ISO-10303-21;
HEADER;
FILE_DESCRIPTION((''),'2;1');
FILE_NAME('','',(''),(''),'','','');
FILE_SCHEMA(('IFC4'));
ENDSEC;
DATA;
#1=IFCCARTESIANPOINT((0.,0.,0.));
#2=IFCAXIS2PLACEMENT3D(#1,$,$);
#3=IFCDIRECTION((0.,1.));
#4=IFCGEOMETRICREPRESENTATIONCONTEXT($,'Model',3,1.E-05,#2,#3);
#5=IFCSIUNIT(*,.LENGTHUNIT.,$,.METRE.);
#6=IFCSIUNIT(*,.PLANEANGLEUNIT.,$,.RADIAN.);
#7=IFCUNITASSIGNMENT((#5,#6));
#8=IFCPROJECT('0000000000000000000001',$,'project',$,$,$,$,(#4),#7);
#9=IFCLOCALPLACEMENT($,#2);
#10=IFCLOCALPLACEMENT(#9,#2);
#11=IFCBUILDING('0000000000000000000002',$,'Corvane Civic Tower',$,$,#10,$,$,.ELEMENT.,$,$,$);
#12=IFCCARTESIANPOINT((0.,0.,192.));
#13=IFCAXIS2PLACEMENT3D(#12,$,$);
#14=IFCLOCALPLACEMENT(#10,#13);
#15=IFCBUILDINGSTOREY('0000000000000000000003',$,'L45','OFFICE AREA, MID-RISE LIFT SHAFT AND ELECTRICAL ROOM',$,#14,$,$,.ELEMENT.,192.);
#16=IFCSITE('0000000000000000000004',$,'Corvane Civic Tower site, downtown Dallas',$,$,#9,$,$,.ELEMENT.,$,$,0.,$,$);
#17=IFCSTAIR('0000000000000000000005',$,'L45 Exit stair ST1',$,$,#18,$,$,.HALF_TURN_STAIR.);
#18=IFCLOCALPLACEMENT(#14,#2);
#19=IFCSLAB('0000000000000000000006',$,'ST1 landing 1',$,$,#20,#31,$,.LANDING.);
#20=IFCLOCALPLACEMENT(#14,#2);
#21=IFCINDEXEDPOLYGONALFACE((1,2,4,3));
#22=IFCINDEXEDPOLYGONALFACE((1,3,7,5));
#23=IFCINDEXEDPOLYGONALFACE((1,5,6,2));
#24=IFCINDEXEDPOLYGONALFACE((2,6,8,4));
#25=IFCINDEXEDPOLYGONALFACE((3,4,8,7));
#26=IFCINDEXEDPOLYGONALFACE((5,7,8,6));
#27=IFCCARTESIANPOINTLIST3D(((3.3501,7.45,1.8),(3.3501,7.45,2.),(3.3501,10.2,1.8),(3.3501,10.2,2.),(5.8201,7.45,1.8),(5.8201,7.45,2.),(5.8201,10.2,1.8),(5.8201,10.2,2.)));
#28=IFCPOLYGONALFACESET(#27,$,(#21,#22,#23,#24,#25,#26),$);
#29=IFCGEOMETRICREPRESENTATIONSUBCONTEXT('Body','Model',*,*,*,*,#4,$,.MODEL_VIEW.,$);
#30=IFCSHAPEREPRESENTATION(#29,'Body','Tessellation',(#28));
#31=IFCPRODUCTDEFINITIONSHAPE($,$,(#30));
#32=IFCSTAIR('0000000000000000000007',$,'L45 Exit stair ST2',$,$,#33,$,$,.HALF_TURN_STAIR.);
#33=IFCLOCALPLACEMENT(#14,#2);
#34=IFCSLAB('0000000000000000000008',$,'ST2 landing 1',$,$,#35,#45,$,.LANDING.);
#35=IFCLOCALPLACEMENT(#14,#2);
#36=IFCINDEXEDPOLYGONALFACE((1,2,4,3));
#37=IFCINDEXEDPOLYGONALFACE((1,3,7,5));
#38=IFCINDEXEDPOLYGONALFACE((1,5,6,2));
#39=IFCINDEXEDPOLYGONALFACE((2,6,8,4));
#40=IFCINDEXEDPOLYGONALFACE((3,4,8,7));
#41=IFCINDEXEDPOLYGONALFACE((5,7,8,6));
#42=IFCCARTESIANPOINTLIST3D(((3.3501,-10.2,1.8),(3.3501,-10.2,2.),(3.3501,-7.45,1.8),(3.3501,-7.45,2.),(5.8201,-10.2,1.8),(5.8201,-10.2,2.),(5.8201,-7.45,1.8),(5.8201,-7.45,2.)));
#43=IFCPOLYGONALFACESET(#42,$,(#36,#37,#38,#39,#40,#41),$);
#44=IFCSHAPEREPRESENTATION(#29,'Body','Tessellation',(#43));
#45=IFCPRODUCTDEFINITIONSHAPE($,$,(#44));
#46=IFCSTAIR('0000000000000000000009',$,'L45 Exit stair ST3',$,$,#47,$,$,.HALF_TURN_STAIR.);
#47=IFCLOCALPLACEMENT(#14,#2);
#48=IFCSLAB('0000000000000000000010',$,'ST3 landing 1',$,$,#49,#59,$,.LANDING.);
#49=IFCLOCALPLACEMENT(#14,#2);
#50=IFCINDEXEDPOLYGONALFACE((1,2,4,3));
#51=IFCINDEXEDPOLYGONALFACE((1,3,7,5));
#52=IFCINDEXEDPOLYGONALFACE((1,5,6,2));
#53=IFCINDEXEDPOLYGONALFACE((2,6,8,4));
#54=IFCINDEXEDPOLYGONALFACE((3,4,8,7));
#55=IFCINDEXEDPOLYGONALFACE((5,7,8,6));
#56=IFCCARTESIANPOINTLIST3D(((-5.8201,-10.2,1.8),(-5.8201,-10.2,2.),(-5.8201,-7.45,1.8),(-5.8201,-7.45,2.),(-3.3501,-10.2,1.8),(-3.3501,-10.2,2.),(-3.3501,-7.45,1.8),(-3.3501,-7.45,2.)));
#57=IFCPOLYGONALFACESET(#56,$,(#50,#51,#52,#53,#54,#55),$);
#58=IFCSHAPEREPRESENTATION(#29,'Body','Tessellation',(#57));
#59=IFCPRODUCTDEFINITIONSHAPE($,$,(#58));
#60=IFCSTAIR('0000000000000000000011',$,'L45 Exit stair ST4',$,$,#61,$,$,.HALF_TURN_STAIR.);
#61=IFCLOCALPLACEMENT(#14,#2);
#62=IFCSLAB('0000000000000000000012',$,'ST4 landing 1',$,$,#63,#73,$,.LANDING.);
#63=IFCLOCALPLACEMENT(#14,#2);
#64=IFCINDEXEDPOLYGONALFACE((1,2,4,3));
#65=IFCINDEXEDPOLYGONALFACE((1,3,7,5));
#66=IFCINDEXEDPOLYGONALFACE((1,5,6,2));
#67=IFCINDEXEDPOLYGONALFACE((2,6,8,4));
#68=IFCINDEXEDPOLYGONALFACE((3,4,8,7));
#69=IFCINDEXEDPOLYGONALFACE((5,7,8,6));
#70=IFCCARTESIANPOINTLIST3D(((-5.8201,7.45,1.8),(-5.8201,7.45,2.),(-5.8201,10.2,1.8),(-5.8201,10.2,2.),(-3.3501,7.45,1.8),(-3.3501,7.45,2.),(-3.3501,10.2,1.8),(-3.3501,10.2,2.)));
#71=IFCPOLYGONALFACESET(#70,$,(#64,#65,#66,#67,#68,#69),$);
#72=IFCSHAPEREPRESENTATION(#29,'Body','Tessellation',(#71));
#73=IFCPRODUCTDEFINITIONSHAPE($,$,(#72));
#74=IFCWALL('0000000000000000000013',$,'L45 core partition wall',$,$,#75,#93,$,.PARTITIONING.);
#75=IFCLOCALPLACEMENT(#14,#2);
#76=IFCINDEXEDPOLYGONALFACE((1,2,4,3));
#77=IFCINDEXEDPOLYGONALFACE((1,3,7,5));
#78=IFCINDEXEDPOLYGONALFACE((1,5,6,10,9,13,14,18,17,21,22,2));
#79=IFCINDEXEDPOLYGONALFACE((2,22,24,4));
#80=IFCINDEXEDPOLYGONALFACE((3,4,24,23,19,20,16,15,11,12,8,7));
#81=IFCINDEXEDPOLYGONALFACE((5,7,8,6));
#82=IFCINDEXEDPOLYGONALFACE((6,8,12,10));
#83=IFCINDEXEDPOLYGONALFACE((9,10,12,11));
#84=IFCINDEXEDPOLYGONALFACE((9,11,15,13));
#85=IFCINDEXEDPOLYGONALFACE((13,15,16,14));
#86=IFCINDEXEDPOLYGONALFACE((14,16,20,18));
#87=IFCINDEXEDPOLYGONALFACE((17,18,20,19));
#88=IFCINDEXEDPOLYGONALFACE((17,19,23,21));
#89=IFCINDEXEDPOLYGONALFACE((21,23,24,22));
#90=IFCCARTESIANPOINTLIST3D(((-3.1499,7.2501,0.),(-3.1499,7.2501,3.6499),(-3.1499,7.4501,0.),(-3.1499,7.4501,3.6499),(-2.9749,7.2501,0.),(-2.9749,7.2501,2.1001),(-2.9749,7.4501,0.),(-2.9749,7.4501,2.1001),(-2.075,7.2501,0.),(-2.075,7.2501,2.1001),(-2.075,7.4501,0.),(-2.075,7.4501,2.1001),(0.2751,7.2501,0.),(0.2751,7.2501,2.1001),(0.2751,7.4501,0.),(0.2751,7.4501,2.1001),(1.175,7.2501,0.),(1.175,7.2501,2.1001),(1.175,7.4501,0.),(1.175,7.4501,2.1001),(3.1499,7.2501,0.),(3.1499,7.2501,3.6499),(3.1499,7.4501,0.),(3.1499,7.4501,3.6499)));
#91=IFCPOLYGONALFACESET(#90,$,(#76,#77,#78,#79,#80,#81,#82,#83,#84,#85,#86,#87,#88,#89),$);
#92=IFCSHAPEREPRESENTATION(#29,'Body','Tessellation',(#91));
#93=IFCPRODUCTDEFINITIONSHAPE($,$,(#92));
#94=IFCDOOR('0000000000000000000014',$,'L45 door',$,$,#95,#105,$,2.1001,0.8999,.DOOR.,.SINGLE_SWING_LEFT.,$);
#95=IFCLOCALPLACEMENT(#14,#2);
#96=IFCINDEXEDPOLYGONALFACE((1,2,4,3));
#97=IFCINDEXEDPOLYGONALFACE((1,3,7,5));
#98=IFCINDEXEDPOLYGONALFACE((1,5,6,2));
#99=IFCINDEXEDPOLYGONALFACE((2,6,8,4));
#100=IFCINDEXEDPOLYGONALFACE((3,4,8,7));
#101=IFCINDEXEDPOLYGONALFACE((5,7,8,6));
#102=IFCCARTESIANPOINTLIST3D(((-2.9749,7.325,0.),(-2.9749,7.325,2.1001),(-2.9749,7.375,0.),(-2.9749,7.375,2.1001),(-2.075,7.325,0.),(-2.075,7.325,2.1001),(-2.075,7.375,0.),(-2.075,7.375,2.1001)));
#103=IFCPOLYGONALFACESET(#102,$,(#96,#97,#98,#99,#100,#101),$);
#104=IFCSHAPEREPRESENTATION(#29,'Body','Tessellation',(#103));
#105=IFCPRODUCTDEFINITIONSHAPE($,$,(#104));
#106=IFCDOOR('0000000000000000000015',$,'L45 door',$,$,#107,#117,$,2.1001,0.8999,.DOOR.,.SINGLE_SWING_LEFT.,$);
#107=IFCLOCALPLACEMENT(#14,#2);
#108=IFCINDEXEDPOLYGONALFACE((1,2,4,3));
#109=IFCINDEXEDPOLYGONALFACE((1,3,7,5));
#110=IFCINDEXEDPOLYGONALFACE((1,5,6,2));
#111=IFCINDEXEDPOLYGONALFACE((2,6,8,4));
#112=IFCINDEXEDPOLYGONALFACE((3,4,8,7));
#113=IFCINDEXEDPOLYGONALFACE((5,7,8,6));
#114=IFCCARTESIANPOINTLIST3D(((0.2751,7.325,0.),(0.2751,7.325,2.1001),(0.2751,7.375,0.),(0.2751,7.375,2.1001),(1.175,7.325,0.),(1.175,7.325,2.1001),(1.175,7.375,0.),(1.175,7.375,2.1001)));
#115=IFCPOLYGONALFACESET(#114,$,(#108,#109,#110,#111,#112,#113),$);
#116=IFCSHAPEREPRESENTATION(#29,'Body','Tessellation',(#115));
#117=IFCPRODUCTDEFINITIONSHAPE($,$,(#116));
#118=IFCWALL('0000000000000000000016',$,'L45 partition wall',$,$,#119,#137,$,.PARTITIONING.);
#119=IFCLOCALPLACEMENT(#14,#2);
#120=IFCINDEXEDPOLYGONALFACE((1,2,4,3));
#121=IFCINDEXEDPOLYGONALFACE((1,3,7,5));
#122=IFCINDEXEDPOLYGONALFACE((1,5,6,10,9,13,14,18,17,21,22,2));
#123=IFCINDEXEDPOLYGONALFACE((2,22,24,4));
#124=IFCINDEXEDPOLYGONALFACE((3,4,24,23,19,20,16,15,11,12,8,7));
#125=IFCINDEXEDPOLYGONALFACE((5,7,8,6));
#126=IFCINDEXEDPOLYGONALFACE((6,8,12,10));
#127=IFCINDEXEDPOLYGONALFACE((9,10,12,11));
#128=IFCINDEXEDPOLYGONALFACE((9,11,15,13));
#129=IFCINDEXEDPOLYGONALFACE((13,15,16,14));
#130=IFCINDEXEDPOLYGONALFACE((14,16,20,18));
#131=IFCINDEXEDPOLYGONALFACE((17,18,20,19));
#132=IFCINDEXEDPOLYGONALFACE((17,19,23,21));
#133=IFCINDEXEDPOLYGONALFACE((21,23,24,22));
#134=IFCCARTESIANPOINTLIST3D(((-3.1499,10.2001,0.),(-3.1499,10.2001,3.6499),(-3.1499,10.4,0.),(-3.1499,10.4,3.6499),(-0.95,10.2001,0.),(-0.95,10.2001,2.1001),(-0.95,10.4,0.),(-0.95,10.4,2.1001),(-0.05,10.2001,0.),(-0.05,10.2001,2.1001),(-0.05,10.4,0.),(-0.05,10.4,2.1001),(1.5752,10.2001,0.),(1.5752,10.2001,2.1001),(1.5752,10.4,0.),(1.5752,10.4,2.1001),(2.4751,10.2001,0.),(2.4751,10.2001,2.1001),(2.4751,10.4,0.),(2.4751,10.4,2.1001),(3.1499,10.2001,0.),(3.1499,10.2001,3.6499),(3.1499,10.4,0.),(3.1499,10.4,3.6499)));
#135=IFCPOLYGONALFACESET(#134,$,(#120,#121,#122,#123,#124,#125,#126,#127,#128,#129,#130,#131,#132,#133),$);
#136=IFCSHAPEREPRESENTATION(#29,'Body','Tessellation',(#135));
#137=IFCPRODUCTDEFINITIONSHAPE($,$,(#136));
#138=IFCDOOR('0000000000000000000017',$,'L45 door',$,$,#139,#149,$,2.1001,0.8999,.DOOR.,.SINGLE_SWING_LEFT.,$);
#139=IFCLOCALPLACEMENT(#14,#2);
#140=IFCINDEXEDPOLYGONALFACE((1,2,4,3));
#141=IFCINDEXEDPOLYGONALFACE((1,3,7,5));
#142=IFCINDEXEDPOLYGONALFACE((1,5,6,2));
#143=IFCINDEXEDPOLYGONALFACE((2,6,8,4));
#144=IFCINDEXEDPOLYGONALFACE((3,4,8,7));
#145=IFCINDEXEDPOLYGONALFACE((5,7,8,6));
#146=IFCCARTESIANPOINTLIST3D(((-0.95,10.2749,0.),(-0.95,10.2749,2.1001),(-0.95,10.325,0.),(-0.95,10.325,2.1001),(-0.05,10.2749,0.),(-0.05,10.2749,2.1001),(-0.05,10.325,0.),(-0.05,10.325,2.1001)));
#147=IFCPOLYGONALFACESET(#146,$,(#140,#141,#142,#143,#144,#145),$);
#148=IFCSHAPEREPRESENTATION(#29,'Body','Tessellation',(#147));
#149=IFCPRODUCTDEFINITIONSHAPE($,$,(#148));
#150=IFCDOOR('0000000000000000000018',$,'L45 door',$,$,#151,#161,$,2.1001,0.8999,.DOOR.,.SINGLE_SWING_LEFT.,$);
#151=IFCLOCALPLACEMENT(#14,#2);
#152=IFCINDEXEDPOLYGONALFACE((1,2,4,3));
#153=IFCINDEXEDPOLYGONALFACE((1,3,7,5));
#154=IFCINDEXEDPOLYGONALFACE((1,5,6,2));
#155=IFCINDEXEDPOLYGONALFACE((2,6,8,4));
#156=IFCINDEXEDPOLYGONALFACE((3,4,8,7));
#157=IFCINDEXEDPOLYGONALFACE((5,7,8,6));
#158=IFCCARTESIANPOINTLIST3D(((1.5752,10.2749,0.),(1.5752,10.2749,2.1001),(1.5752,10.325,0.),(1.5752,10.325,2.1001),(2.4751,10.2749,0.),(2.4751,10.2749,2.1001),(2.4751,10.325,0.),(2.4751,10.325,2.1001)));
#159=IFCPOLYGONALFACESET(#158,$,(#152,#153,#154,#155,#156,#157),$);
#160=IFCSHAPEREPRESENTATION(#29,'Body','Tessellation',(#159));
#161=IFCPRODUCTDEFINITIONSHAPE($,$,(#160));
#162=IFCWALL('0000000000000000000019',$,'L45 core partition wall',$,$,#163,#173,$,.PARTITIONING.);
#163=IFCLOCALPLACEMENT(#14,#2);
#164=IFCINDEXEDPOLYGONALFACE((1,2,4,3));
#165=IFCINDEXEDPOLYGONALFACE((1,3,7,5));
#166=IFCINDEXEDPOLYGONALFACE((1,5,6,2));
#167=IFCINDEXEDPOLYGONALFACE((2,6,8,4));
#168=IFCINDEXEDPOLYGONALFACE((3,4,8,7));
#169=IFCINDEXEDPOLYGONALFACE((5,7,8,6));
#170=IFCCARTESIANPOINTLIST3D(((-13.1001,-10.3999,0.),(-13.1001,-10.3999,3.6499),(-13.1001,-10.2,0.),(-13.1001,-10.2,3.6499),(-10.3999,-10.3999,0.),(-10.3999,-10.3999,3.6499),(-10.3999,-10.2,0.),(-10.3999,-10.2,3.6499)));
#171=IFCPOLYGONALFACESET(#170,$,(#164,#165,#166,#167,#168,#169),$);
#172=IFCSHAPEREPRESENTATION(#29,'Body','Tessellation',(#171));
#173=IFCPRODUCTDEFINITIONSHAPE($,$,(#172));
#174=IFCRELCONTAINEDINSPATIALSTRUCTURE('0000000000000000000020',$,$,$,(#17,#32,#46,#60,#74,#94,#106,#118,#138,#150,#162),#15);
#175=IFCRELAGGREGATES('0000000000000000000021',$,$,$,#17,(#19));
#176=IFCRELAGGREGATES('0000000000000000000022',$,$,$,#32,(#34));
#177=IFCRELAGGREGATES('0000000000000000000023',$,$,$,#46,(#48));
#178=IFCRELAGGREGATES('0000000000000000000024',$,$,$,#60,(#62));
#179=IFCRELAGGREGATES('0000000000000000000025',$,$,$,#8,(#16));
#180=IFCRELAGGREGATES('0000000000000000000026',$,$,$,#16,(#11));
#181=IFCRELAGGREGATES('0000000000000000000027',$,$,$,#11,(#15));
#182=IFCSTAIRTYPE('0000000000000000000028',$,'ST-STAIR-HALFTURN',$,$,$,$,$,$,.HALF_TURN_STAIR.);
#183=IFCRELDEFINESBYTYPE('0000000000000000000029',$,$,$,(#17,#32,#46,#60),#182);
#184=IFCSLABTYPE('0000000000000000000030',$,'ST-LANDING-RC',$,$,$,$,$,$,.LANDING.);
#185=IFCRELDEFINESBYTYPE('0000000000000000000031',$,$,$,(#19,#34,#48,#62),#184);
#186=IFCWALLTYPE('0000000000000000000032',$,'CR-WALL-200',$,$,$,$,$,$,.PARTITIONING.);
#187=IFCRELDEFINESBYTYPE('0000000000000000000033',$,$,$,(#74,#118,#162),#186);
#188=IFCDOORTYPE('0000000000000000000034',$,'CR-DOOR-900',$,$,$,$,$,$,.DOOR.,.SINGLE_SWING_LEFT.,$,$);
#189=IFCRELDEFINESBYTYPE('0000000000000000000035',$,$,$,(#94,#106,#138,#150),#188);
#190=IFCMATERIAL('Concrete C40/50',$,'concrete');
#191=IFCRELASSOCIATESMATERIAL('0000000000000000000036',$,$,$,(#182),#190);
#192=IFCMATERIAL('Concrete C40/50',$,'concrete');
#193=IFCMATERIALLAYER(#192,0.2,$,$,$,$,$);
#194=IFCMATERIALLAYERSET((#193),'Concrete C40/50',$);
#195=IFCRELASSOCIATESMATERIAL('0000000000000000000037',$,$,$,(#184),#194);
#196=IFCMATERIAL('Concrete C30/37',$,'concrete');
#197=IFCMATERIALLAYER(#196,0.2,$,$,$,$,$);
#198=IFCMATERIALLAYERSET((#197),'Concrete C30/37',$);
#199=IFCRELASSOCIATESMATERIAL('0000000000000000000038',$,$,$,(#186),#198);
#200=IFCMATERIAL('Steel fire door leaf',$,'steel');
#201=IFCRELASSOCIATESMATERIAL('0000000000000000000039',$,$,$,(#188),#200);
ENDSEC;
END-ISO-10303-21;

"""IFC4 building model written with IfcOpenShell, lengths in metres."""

from ifc_helpers import new_model, si_unit, direction, frame, frame_2d, origin, place, context, subcontext, project, spatial, polyline, rectangle, outline, extrude, material, layer, layer_set, type_object, element, fill, aggregate, save


model = new_model("IFC4")

# Units and contexts
model_context = context("Model", 3, precision=1e-05, world=origin(), true_north=direction((0.0, 1.0)))
body_context = subcontext(model_context, "Body", "Model", "MODEL_VIEW")
ifc_project = project(units=[si_unit("LENGTHUNIT", "METRE"), si_unit("PLANEANGLEUNIT", "RADIAN")], contexts=[model_context])

# Site, building, storey
site_placement = place(None, origin())
site = spatial("IfcSite", under=ifc_project, at=site_placement, Name="Corvane Civic Tower site, downtown Dallas", CompositionType="ELEMENT", RefElevation=0.0)
building_placement = place(site_placement, origin())
building = spatial("IfcBuilding", under=site, at=building_placement, Name="Corvane Civic Tower", CompositionType="ELEMENT")
storey_placement = place(building_placement, frame((0.0, 0.0, 192.0)))
storey = spatial("IfcBuildingStorey", under=building, at=storey_placement, Name="L45", Description="OFFICE AREA, MID-RISE LIFT SHAFT AND ELECTRICAL ROOM", CompositionType="ELEMENT", Elevation=192.0)

# Stairs, slabs
ifc_material_1 = material(Name="Concrete C40/50", Category="concrete")
stair_type = type_object("IfcStairType", Name="ST-STAIR-HALFTURN", PredefinedType="HALF_TURN_STAIR", material=ifc_material_1)
stair_1_placement = place(storey_placement, origin())
stair_1 = element("IfcStair", 1, at=stair_1_placement, inside=storey, type_object=stair_type, Name="L45 Exit stair ST1", PredefinedType="HALF_TURN_STAIR")
ifc_material_2 = material(Name="Concrete C40/50", Category="concrete")
ifc_layer_1 = layer(ifc_material_2, 0.2)
ifc_layer_set_1 = layer_set([ifc_layer_1], Name="Concrete C40/50")
slab_type = type_object("IfcSlabType", Name="ST-LANDING-RC", PredefinedType="LANDING", material=ifc_layer_set_1)
slab_1_placement = place(storey_placement, frame((0.0, 0.0, 1.8)))
slab_1 = element("IfcSlab", 2, at=slab_1_placement, type_object=slab_type, Name="ST1 landing 1", PredefinedType="LANDING", context=body_context, shape_type="SweptSolid", body=[
    extrude(outline(polyline([(5.8201, 10.2), (3.3501, 10.2), (3.3501, 7.45), (5.8201, 7.45), (5.8201, 10.2)])), origin(), (0.0, 0.0, 1.0), 0.2),
])
aggregate(stair_1, [slab_1])
stair_2_placement = place(storey_placement, origin())
stair_2 = element("IfcStair", 3, at=stair_2_placement, inside=storey, type_object=stair_type, Name="L45 Exit stair ST2", PredefinedType="HALF_TURN_STAIR")
slab_2_placement = place(storey_placement, frame((0.0, 0.0, 1.8)))
slab_2 = element("IfcSlab", 4, at=slab_2_placement, type_object=slab_type, Name="ST2 landing 1", PredefinedType="LANDING", context=body_context, shape_type="SweptSolid", body=[
    extrude(outline(polyline([(5.8201, -7.45), (3.3501, -7.45), (3.3501, -10.2), (5.8201, -10.2), (5.8201, -7.45)])), origin(), (0.0, 0.0, 1.0), 0.2),
])
aggregate(stair_2, [slab_2])
stair_3_placement = place(storey_placement, origin())
stair_3 = element("IfcStair", 5, at=stair_3_placement, inside=storey, type_object=stair_type, Name="L45 Exit stair ST3", PredefinedType="HALF_TURN_STAIR")
slab_3_placement = place(storey_placement, frame((0.0, 0.0, 1.8)))
slab_3 = element("IfcSlab", 6, at=slab_3_placement, type_object=slab_type, Name="ST3 landing 1", PredefinedType="LANDING", context=body_context, shape_type="SweptSolid", body=[
    extrude(outline(polyline([(-5.8201, -10.2), (-3.3501, -10.2), (-3.3501, -7.45), (-5.8201, -7.45), (-5.8201, -10.2)])), origin(), (0.0, 0.0, 1.0), 0.2),
])
aggregate(stair_3, [slab_3])
stair_4_placement = place(storey_placement, origin())
stair_4 = element("IfcStair", 7, at=stair_4_placement, inside=storey, type_object=stair_type, Name="L45 Exit stair ST4", PredefinedType="HALF_TURN_STAIR")
slab_4_placement = place(storey_placement, frame((0.0, 0.0, 1.8)))
slab_4 = element("IfcSlab", 8, at=slab_4_placement, type_object=slab_type, Name="ST4 landing 1", PredefinedType="LANDING", context=body_context, shape_type="SweptSolid", body=[
    extrude(outline(polyline([(-5.8201, 7.45), (-3.3501, 7.45), (-3.3501, 10.2), (-5.8201, 10.2), (-5.8201, 7.45)])), origin(), (0.0, 0.0, 1.0), 0.2),
])

# Walls, openings, doors
ifc_material_3 = material(Name="Concrete C30/37", Category="concrete")
ifc_layer_2 = layer(ifc_material_3, 0.2)
ifc_layer_set_2 = layer_set([ifc_layer_2], Name="Concrete C30/37")
wall_type = type_object("IfcWallType", Name="CR-WALL-200", PredefinedType="PARTITIONING", material=ifc_layer_set_2)
wall_1_placement = place(storey_placement, frame((-3.1499, 7.3501, 0.0), z_axis=(0.0, 0.0, 1.0), x_axis=(1.0, 0.0, 0.0)))
wall_1 = element("IfcWall", 9, at=wall_1_placement, inside=storey, type_object=wall_type, Name="L45 core partition wall", PredefinedType="PARTITIONING", context=body_context, shape_type="SweptSolid", body=[
    extrude(rectangle(XDim=6.2998, YDim=0.2, at=frame_2d((3.1499, 0.0))), origin(), (0.0, 0.0, 1.0), 3.6499),
])
opening_1_placement = place(wall_1_placement, frame((0.175, 0.0, 0.0)))
opening_1 = element("IfcOpeningElement", 10, at=opening_1_placement, cuts=wall_1, PredefinedType="OPENING", context=body_context, shape_type="SweptSolid", body=[
    extrude(rectangle(XDim=0.8999, YDim=2.1001, at=frame_2d((0.45, 1.05))), frame((0.0, 0.1099, 0.0), z_axis=(0.0, -1.0, 0.0), x_axis=(1.0, 0.0, 0.0)), (0.0, 0.0, 1.0), 0.22),
])
opening_2_placement = place(wall_1_placement, frame((3.425, 0.0, 0.0)))
opening_2 = element("IfcOpeningElement", 11, at=opening_2_placement, cuts=wall_1, PredefinedType="OPENING", context=body_context, shape_type="SweptSolid", body=[
    extrude(rectangle(XDim=0.8999, YDim=2.1001, at=frame_2d((0.45, 1.05))), frame((0.0, 0.1099, 0.0), z_axis=(0.0, -1.0, 0.0), x_axis=(1.0, 0.0, 0.0)), (0.0, 0.0, 1.0), 0.22),
])
ifc_material_4 = material(Name="Steel fire door leaf", Category="steel")
door_type = type_object("IfcDoorType", Name="CR-DOOR-900", OperationType="SINGLE_SWING_LEFT", PredefinedType="DOOR", material=ifc_material_4)
door_1_placement = place(opening_1_placement, origin())
door_1 = element("IfcDoor", 12, at=door_1_placement, inside=storey, type_object=door_type, Name="L45 door", OperationType="SINGLE_SWING_LEFT", OverallHeight=2.1001, OverallWidth=0.8999, PredefinedType="DOOR", context=body_context, shape_type="SweptSolid", body=[
    extrude(rectangle(XDim=0.8999, YDim=2.1001, at=frame_2d((0.45, 1.05))), frame((0.0, 0.0249, 0.0), z_axis=(0.0, -1.0, 0.0), x_axis=(1.0, 0.0, 0.0)), (0.0, 0.0, 1.0), 0.05),
])
fill(opening_1, door_1)
door_2_placement = place(opening_2_placement, origin())
door_2 = element("IfcDoor", 13, at=door_2_placement, inside=storey, type_object=door_type, Name="L45 door", OperationType="SINGLE_SWING_LEFT", OverallHeight=2.1001, OverallWidth=0.8999, PredefinedType="DOOR", context=body_context, shape_type="SweptSolid", body=[
    extrude(rectangle(XDim=0.8999, YDim=2.1001, at=frame_2d((0.45, 1.05))), frame((0.0, 0.0249, 0.0), z_axis=(0.0, -1.0, 0.0), x_axis=(1.0, 0.0, 0.0)), (0.0, 0.0, 1.0), 0.05),
])
fill(opening_2, door_2)
wall_2_placement = place(storey_placement, frame((-3.1499, 10.3, 0.0), z_axis=(0.0, 0.0, 1.0), x_axis=(1.0, 0.0, 0.0)))
wall_2 = element("IfcWall", 14, at=wall_2_placement, inside=storey, type_object=wall_type, Name="L45 partition wall", PredefinedType="PARTITIONING", context=body_context, shape_type="SweptSolid", body=[
    extrude(rectangle(XDim=6.2998, YDim=0.2, at=frame_2d((3.1499, 0.0))), origin(), (0.0, 0.0, 1.0), 3.6499),
])
opening_3_placement = place(wall_2_placement, frame((2.2, 0.0, 0.0)))
opening_3 = element("IfcOpeningElement", 15, at=opening_3_placement, cuts=wall_2, PredefinedType="OPENING", context=body_context, shape_type="SweptSolid", body=[
    extrude(rectangle(XDim=0.8999, YDim=2.1001, at=frame_2d((0.45, 1.05))), frame((0.0, 0.1099, 0.0), z_axis=(0.0, -1.0, 0.0), x_axis=(1.0, 0.0, 0.0)), (0.0, 0.0, 1.0), 0.22),
])
opening_4_placement = place(wall_2_placement, frame((4.7251, 0.0, 0.0)))
opening_4 = element("IfcOpeningElement", 16, at=opening_4_placement, cuts=wall_2, PredefinedType="OPENING", context=body_context, shape_type="SweptSolid", body=[
    extrude(rectangle(XDim=0.8999, YDim=2.1001, at=frame_2d((0.45, 1.05))), frame((0.0, 0.1099, 0.0), z_axis=(0.0, -1.0, 0.0), x_axis=(1.0, 0.0, 0.0)), (0.0, 0.0, 1.0), 0.22),
])
door_3_placement = place(opening_3_placement, origin())
door_3 = element("IfcDoor", 17, at=door_3_placement, inside=storey, type_object=door_type, Name="L45 door", OperationType="SINGLE_SWING_LEFT", OverallHeight=2.1001, OverallWidth=0.8999, PredefinedType="DOOR", context=body_context, shape_type="SweptSolid", body=[
    extrude(rectangle(XDim=0.8999, YDim=2.1001, at=frame_2d((0.45, 1.05))), frame((0.0, 0.0249, 0.0), z_axis=(0.0, -1.0, 0.0), x_axis=(1.0, 0.0, 0.0)), (0.0, 0.0, 1.0), 0.05),
])
fill(opening_3, door_3)
door_4_placement = place(opening_4_placement, origin())
door_4 = element("IfcDoor", 18, at=door_4_placement, inside=storey, type_object=door_type, Name="L45 door", OperationType="SINGLE_SWING_LEFT", OverallHeight=2.1001, OverallWidth=0.8999, PredefinedType="DOOR", context=body_context, shape_type="SweptSolid", body=[
    extrude(rectangle(XDim=0.8999, YDim=2.1001, at=frame_2d((0.45, 1.05))), frame((0.0, 0.0249, 0.0), z_axis=(0.0, -1.0, 0.0), x_axis=(1.0, 0.0, 0.0)), (0.0, 0.0, 1.0), 0.05),
])
fill(opening_4, door_4)

# Wall
wall_3_placement = place(storey_placement, origin())
element("IfcWall", 19, at=wall_3_placement, inside=storey, type_object=wall_type, Name="L45 core partition wall", PredefinedType="PARTITIONING", context=body_context, shape_type="SweptSolid", body=[
    extrude(outline(polyline([(-10.3999, -10.3999), (-13.1001, -10.3999), (-13.1001, -10.2), (-10.3999, -10.2), (-10.3999, -10.3999)])), origin(), (0.0, 0.0, 1.0), 3.6499),
])

aggregate(stair_4, [slab_4])

save(model, "model.ifc")
